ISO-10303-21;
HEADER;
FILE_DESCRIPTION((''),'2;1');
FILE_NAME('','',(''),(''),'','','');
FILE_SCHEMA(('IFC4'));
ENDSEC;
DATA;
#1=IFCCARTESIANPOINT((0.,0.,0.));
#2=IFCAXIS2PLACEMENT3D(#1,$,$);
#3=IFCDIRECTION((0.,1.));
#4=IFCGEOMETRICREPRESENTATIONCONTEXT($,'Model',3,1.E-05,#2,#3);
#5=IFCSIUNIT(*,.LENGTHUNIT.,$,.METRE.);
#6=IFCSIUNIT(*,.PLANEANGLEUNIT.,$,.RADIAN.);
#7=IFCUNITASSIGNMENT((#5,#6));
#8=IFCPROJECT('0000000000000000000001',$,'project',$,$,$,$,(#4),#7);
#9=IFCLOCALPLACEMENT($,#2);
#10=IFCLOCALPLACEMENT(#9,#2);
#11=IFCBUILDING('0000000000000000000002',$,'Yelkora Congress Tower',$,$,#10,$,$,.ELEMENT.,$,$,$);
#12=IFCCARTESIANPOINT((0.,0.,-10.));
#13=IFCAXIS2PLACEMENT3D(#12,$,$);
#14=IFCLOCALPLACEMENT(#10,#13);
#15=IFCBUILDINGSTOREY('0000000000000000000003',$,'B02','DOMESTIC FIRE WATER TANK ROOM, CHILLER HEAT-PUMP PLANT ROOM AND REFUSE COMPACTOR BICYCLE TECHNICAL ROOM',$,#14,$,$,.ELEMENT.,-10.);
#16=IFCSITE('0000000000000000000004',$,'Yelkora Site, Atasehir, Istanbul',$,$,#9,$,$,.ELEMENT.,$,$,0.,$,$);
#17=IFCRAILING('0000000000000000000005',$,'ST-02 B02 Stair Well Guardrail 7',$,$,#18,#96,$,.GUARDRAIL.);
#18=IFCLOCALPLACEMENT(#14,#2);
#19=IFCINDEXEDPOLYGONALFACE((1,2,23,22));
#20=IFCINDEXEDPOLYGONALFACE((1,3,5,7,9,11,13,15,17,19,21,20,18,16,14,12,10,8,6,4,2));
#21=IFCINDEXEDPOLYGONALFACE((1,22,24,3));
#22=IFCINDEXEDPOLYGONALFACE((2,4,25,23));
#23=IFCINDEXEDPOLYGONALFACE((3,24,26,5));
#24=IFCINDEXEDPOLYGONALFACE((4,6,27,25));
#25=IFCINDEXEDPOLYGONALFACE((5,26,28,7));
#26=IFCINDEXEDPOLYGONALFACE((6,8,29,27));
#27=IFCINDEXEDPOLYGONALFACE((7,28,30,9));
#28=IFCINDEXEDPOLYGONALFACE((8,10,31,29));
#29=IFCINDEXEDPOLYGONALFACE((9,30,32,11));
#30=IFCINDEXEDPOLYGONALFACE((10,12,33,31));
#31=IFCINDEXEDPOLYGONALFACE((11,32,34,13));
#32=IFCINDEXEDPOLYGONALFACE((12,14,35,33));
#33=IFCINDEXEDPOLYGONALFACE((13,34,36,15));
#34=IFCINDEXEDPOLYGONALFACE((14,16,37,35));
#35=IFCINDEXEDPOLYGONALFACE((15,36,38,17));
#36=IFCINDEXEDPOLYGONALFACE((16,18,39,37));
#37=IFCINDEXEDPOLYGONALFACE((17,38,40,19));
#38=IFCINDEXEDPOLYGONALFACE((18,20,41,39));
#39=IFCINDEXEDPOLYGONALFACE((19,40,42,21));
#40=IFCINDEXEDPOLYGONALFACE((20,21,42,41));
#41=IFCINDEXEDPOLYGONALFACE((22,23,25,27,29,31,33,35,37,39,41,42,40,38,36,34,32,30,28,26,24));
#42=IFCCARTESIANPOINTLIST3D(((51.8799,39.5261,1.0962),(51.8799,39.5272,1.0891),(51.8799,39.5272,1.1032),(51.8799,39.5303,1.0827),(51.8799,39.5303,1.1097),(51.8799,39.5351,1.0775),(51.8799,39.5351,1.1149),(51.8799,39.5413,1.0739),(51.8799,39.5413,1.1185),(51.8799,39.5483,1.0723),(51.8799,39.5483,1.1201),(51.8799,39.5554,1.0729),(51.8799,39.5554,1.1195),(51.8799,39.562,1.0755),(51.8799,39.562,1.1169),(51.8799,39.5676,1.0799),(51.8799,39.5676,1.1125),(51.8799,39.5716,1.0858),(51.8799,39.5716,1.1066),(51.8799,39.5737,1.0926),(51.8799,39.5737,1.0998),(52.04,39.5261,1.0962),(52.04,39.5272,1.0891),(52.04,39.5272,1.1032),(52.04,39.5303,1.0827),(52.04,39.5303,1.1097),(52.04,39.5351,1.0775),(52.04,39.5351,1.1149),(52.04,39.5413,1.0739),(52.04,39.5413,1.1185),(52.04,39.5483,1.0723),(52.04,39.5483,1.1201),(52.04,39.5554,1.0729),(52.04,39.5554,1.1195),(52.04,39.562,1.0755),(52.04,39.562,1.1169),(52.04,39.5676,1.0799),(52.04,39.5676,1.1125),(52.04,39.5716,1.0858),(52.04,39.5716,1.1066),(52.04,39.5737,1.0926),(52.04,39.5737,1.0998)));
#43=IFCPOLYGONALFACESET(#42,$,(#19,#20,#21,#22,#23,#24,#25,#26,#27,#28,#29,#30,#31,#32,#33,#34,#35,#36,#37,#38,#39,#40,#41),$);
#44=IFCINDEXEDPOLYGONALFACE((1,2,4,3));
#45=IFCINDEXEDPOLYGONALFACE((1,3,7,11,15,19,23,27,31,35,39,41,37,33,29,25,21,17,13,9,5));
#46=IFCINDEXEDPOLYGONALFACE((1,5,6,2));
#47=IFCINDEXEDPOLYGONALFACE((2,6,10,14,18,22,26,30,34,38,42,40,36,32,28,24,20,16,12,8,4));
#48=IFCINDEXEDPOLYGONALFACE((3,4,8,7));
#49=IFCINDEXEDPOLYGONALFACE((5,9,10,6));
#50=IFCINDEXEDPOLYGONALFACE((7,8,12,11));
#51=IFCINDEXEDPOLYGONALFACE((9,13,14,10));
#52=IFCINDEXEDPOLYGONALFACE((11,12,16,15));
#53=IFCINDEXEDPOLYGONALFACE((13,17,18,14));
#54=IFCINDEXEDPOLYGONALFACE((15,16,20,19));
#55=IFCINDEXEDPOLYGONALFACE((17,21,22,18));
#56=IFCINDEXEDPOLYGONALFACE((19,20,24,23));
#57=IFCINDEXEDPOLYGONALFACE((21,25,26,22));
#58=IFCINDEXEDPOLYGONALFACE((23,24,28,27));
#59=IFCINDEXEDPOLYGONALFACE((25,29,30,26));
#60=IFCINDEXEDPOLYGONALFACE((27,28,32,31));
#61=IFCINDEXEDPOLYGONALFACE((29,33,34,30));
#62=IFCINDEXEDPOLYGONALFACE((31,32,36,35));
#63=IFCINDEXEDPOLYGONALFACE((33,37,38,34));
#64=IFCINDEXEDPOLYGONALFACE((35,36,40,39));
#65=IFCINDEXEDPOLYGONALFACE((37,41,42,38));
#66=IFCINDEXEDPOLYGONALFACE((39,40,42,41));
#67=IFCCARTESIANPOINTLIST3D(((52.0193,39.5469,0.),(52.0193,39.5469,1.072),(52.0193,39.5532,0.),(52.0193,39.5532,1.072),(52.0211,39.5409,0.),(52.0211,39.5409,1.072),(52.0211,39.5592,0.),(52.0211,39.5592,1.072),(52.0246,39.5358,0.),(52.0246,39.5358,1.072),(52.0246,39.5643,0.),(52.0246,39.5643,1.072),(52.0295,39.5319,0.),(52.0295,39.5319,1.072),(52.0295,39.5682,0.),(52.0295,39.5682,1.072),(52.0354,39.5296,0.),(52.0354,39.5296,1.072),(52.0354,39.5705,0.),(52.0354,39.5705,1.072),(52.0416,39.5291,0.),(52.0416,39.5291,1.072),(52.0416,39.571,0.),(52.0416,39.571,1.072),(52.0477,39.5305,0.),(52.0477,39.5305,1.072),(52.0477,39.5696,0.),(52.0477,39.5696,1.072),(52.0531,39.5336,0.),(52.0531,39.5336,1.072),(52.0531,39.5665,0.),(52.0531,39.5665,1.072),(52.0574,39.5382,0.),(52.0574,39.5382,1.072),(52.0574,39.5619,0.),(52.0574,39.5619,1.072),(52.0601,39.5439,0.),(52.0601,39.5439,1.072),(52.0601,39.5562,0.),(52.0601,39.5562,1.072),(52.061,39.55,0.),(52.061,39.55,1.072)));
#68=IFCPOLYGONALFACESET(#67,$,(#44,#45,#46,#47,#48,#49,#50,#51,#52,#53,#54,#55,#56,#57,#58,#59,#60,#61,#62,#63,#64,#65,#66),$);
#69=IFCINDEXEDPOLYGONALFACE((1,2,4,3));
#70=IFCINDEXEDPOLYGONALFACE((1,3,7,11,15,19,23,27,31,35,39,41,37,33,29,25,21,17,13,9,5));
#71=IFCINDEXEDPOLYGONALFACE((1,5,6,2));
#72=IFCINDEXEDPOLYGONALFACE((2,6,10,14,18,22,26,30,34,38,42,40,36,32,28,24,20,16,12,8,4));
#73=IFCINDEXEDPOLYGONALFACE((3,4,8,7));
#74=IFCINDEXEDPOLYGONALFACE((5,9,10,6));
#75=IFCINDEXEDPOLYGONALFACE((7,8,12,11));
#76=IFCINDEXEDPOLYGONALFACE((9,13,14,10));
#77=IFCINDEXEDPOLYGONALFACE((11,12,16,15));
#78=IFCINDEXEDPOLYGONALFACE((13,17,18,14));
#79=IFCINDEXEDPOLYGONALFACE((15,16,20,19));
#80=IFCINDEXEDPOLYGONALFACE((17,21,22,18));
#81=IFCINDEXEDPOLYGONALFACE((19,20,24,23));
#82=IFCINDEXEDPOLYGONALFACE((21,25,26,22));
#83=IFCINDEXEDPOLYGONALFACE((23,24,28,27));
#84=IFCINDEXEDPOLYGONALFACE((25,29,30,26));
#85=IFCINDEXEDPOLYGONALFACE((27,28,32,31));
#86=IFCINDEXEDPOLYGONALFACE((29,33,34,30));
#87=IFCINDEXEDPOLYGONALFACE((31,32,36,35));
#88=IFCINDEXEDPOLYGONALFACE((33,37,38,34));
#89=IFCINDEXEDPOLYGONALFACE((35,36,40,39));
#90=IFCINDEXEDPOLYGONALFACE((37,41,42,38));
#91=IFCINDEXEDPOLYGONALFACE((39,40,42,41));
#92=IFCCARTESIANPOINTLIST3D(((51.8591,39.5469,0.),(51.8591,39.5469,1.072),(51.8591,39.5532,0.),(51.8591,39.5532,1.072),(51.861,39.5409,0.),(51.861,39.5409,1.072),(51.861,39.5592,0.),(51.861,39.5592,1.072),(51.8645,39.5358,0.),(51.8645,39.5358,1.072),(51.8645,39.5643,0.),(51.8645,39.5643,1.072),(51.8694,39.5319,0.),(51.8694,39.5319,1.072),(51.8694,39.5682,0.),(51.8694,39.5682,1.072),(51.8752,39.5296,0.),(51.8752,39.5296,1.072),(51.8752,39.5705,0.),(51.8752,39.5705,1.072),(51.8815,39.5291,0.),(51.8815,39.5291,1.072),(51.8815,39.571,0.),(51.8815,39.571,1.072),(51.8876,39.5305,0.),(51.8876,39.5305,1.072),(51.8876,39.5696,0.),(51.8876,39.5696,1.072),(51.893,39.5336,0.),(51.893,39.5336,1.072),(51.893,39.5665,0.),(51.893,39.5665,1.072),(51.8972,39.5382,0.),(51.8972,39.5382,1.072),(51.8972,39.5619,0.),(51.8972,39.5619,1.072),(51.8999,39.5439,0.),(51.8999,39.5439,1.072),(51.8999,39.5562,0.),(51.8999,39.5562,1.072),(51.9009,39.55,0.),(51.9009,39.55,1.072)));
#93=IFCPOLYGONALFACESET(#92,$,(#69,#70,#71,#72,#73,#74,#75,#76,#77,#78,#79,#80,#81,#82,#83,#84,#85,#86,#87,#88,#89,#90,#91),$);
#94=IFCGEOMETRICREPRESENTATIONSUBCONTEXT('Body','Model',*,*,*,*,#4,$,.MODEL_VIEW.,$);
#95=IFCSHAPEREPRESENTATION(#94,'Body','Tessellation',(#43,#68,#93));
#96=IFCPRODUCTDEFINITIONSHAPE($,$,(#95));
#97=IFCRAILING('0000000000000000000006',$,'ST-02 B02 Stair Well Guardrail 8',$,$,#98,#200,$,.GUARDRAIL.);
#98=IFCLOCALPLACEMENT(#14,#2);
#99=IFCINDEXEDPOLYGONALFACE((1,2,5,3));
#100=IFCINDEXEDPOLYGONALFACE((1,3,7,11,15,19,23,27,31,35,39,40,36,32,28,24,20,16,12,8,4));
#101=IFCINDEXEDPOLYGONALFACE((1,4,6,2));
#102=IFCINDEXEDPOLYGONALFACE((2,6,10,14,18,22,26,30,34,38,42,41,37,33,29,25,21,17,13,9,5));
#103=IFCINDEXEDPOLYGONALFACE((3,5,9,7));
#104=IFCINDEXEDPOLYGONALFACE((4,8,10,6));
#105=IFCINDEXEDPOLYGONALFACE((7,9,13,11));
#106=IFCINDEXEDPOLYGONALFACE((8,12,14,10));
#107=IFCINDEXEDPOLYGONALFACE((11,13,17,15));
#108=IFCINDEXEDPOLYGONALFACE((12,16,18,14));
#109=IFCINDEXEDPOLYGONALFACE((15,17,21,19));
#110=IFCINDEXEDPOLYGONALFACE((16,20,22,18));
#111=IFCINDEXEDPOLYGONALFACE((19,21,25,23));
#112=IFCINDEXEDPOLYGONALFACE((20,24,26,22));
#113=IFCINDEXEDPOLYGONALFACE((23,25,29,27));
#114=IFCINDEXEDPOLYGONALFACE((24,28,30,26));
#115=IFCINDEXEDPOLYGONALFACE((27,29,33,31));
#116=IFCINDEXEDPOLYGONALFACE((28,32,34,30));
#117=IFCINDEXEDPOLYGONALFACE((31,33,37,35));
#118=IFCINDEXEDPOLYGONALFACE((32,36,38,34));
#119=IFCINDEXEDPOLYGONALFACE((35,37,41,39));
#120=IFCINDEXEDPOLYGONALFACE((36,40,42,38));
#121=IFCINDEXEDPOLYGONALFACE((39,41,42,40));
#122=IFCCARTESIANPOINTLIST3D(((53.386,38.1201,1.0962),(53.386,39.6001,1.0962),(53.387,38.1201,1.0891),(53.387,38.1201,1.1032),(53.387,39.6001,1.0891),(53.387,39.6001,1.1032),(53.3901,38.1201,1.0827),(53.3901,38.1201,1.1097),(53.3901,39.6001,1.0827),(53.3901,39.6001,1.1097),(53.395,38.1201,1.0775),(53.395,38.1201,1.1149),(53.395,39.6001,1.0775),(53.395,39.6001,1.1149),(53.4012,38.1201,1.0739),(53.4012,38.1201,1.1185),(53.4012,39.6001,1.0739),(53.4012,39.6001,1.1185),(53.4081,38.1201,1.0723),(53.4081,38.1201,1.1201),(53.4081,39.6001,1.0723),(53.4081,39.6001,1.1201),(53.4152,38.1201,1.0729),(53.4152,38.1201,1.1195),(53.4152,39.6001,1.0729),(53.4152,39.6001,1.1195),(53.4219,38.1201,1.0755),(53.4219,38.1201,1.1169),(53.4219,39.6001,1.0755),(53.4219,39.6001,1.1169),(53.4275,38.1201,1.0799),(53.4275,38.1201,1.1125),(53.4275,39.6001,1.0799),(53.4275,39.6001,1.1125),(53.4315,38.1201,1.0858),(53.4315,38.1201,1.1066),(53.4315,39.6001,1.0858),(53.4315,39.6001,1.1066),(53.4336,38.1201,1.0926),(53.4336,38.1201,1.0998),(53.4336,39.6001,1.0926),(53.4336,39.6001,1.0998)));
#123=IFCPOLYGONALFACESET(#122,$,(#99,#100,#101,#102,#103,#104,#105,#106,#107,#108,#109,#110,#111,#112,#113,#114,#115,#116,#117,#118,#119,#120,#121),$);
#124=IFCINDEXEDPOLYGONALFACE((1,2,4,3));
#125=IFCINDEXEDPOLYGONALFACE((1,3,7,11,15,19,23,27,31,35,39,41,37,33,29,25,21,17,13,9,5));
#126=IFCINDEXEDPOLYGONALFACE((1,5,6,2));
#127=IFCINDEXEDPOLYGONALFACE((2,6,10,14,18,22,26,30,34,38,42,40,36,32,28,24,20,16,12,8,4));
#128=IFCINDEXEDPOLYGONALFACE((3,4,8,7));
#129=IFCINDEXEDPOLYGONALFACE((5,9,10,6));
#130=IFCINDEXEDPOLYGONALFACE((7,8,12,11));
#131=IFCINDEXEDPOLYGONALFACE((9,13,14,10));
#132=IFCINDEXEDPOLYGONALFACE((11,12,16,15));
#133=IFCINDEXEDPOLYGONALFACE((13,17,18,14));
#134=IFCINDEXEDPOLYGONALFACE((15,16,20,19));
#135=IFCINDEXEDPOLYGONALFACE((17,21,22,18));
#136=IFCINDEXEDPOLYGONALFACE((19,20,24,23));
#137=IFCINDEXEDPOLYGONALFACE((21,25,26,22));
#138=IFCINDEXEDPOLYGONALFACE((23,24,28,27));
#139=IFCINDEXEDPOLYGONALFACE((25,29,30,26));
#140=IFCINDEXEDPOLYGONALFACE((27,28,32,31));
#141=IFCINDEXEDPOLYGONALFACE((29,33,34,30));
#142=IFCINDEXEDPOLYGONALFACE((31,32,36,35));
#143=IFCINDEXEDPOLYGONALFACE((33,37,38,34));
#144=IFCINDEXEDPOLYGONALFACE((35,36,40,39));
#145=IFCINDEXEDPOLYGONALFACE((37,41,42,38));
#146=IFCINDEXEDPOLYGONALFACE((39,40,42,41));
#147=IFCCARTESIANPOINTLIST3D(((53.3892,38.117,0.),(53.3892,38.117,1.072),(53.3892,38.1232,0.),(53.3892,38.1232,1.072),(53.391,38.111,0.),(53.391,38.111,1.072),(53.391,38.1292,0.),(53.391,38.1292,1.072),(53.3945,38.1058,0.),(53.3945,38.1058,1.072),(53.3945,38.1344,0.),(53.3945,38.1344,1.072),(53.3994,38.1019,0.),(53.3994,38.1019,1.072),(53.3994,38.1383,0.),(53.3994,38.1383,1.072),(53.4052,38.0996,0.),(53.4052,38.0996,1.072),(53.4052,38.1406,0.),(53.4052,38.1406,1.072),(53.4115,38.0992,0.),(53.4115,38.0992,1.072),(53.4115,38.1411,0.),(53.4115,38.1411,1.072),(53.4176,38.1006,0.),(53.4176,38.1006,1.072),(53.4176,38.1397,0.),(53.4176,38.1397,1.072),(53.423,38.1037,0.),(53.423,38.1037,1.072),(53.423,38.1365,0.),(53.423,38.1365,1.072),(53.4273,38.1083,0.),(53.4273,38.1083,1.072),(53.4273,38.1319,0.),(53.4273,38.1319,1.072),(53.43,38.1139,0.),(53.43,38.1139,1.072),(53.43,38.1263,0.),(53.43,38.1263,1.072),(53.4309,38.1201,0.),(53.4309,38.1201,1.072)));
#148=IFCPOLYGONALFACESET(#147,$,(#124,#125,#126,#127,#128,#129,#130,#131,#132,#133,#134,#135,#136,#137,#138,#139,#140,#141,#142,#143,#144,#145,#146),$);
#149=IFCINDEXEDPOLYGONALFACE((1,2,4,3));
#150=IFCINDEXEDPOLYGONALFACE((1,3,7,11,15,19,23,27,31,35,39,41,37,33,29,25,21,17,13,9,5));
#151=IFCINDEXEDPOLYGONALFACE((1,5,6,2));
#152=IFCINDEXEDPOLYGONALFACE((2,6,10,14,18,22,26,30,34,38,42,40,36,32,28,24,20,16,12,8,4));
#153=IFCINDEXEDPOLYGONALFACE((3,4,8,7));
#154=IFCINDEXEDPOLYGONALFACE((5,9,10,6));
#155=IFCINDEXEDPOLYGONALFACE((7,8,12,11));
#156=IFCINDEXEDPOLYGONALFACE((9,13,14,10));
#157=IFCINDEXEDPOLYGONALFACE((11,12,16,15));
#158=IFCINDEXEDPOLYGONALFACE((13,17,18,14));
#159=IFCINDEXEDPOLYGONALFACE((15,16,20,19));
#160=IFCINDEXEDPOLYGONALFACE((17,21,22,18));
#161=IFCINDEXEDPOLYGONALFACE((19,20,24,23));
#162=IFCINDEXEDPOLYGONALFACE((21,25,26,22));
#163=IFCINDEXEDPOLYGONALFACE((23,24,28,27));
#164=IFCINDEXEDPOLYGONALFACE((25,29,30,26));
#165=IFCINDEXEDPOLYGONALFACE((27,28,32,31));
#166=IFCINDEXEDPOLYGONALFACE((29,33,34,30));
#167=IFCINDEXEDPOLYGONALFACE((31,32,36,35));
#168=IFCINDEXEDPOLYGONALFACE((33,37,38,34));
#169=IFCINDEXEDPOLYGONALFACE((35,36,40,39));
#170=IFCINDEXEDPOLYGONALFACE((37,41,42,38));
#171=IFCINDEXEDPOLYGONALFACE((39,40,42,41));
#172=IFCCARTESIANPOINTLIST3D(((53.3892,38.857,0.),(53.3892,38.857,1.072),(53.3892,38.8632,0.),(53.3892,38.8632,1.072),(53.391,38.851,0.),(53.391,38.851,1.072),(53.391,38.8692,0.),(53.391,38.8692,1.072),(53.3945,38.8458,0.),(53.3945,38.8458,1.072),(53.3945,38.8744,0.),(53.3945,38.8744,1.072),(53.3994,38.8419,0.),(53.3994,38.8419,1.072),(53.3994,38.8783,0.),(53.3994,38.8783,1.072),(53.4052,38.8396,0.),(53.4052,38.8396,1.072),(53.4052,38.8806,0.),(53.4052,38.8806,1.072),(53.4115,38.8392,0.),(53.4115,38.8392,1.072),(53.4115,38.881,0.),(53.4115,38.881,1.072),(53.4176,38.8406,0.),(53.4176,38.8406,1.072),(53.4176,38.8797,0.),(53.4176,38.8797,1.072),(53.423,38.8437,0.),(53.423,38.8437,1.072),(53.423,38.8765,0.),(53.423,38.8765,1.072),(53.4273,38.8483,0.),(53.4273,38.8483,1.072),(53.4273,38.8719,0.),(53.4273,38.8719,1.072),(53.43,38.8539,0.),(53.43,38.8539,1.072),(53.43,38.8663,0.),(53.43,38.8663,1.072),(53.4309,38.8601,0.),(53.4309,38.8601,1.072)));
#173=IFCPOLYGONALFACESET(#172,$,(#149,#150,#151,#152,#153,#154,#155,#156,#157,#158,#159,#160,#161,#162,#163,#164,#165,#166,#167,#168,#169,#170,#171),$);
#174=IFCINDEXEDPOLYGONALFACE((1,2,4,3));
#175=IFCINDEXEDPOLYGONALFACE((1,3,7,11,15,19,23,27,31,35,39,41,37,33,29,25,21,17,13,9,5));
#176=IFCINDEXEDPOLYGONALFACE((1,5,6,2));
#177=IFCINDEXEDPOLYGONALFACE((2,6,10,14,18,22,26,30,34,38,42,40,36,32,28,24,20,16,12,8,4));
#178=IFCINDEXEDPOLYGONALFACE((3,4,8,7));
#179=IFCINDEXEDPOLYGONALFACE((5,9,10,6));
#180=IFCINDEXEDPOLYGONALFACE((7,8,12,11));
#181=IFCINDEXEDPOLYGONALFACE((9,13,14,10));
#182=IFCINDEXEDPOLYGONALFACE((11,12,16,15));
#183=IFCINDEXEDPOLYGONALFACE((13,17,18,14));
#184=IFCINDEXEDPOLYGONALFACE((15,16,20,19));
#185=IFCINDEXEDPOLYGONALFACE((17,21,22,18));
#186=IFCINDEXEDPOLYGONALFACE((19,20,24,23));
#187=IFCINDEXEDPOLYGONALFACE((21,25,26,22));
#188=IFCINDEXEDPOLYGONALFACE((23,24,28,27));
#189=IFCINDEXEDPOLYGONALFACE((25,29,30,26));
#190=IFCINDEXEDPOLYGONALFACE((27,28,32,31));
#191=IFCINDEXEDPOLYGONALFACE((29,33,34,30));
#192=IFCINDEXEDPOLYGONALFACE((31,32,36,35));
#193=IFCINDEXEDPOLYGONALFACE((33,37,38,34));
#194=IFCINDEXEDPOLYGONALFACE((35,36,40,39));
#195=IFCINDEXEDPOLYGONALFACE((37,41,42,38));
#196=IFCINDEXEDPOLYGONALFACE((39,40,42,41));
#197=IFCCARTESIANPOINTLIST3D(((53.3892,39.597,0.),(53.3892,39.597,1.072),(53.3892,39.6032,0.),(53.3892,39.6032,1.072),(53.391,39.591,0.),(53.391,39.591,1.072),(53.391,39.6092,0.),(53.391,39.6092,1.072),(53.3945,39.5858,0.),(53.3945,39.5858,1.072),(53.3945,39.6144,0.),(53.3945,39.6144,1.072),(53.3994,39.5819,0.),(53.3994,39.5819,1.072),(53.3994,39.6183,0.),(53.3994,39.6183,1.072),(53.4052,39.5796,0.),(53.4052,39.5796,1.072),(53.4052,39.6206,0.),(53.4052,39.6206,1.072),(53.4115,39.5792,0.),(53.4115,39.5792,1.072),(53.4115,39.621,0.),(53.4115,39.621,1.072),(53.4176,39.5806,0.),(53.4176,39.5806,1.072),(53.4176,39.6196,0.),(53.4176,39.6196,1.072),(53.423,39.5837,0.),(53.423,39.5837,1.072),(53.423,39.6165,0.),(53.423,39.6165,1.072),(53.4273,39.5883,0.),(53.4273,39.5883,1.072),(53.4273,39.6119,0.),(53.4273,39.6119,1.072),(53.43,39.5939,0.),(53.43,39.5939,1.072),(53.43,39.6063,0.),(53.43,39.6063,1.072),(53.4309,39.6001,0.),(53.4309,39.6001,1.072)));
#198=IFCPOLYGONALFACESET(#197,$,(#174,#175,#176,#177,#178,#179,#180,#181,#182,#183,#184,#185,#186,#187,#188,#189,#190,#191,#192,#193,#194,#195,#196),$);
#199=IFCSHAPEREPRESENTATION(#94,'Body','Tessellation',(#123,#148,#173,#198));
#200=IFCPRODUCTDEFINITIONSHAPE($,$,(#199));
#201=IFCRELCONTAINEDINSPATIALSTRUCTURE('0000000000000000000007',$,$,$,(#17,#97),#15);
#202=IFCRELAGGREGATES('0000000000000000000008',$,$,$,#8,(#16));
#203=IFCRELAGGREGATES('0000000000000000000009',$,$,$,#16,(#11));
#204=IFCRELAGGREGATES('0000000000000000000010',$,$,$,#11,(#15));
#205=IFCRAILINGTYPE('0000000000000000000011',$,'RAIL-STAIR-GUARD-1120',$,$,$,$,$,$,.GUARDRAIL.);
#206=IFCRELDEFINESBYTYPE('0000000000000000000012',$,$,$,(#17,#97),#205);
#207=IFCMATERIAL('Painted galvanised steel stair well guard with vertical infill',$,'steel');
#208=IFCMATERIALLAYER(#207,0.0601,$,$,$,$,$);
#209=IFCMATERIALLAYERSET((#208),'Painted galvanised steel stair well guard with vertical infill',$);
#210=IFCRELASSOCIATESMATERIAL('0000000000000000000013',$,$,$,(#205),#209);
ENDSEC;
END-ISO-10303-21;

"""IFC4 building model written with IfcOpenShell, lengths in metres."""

from ifc_helpers import new_model, si_unit, direction, frame, origin, origin_2d, place, context, subcontext, project, spatial, circle, extrude, material, layer, layer_set, type_object, element, save


model = new_model("IFC4")

# Units and contexts
model_context = context("Model", 3, precision=1e-05, world=origin(), true_north=direction((0.0, 1.0)))
body_context = subcontext(model_context, "Body", "Model", "MODEL_VIEW")
ifc_project = project(units=[si_unit("LENGTHUNIT", "METRE"), si_unit("PLANEANGLEUNIT", "RADIAN")], contexts=[model_context])

# Site, building, storey
site_placement = place(None, origin())
site = spatial("IfcSite", under=ifc_project, at=site_placement, Name="Yelkora Site, Atasehir, Istanbul", CompositionType="ELEMENT", RefElevation=0.0)
building_placement = place(site_placement, origin())
building = spatial("IfcBuilding", under=site, at=building_placement, Name="Yelkora Congress Tower", CompositionType="ELEMENT")
storey_placement = place(building_placement, frame((0.0, 0.0, -10.0)))
storey = spatial("IfcBuildingStorey", under=building, at=storey_placement, Name="B02", Description="DOMESTIC FIRE WATER TANK ROOM, CHILLER HEAT-PUMP PLANT ROOM AND REFUSE COMPACTOR BICYCLE TECHNICAL ROOM", CompositionType="ELEMENT", Elevation=-10.0)

# Railings
ifc_material_1 = material(Name="Painted galvanised steel stair well guard with vertical infill", Category="steel")
ifc_layer_1 = layer(ifc_material_1, 0.0601)
ifc_layer_set_1 = layer_set([ifc_layer_1], Name="Painted galvanised steel stair well guard with vertical infill")
railing_type_1 = type_object("IfcRailingType", Name="RAIL-STAIR-GUARD-1120", PredefinedType="GUARDRAIL", material=ifc_layer_set_1)
railing_1_placement = place(storey_placement, frame((52.04, 39.55, 0.0)))
element("IfcRailing", 1, at=railing_1_placement, inside=storey, type_object=railing_type_1, Name="ST-02 B02 Stair Well Guardrail 7", PredefinedType="GUARDRAIL", context=body_context, shape_type="SweptSolid", body=[
    extrude(circle(Radius=0.0239, at=origin_2d()), frame((0.0, 0.0, 1.0962), z_axis=(-1.0, 0.0, 0.0), x_axis=(0.0, -1.0, 0.0)), (0.0, 0.0, 1.0), 0.1602),
    extrude(circle(Radius=0.021, at=origin_2d()), origin(), (0.0, 0.0, 1.0), 1.072),
    extrude(circle(Radius=0.021, at=origin_2d()), frame((-0.1602, 0.0, 0.0)), (0.0, 0.0, 1.0), 1.072),
])
railing_2_placement = place(storey_placement, frame((53.4099, 38.1201, 0.0)))
element("IfcRailing", 2, at=railing_2_placement, inside=storey, type_object=railing_type_1, Name="ST-02 B02 Stair Well Guardrail 8", PredefinedType="GUARDRAIL", context=body_context, shape_type="SweptSolid", body=[
    extrude(circle(Radius=0.0239, at=origin_2d()), frame((0.0, 0.0, 1.0962), z_axis=(0.0, 1.0, 0.0), x_axis=(-1.0, 0.0, 0.0)), (0.0, 0.0, 1.0), 1.48),
    extrude(circle(Radius=0.021, at=origin_2d()), origin(), (0.0, 0.0, 1.0), 1.072),
    extrude(circle(Radius=0.021, at=origin_2d()), frame((0.0, 0.74, 0.0)), (0.0, 0.0, 1.0), 1.072),
    extrude(circle(Radius=0.021, at=origin_2d()), frame((0.0, 1.48, 0.0)), (0.0, 0.0, 1.0), 1.072),
])

save(model, "model.ifc")
